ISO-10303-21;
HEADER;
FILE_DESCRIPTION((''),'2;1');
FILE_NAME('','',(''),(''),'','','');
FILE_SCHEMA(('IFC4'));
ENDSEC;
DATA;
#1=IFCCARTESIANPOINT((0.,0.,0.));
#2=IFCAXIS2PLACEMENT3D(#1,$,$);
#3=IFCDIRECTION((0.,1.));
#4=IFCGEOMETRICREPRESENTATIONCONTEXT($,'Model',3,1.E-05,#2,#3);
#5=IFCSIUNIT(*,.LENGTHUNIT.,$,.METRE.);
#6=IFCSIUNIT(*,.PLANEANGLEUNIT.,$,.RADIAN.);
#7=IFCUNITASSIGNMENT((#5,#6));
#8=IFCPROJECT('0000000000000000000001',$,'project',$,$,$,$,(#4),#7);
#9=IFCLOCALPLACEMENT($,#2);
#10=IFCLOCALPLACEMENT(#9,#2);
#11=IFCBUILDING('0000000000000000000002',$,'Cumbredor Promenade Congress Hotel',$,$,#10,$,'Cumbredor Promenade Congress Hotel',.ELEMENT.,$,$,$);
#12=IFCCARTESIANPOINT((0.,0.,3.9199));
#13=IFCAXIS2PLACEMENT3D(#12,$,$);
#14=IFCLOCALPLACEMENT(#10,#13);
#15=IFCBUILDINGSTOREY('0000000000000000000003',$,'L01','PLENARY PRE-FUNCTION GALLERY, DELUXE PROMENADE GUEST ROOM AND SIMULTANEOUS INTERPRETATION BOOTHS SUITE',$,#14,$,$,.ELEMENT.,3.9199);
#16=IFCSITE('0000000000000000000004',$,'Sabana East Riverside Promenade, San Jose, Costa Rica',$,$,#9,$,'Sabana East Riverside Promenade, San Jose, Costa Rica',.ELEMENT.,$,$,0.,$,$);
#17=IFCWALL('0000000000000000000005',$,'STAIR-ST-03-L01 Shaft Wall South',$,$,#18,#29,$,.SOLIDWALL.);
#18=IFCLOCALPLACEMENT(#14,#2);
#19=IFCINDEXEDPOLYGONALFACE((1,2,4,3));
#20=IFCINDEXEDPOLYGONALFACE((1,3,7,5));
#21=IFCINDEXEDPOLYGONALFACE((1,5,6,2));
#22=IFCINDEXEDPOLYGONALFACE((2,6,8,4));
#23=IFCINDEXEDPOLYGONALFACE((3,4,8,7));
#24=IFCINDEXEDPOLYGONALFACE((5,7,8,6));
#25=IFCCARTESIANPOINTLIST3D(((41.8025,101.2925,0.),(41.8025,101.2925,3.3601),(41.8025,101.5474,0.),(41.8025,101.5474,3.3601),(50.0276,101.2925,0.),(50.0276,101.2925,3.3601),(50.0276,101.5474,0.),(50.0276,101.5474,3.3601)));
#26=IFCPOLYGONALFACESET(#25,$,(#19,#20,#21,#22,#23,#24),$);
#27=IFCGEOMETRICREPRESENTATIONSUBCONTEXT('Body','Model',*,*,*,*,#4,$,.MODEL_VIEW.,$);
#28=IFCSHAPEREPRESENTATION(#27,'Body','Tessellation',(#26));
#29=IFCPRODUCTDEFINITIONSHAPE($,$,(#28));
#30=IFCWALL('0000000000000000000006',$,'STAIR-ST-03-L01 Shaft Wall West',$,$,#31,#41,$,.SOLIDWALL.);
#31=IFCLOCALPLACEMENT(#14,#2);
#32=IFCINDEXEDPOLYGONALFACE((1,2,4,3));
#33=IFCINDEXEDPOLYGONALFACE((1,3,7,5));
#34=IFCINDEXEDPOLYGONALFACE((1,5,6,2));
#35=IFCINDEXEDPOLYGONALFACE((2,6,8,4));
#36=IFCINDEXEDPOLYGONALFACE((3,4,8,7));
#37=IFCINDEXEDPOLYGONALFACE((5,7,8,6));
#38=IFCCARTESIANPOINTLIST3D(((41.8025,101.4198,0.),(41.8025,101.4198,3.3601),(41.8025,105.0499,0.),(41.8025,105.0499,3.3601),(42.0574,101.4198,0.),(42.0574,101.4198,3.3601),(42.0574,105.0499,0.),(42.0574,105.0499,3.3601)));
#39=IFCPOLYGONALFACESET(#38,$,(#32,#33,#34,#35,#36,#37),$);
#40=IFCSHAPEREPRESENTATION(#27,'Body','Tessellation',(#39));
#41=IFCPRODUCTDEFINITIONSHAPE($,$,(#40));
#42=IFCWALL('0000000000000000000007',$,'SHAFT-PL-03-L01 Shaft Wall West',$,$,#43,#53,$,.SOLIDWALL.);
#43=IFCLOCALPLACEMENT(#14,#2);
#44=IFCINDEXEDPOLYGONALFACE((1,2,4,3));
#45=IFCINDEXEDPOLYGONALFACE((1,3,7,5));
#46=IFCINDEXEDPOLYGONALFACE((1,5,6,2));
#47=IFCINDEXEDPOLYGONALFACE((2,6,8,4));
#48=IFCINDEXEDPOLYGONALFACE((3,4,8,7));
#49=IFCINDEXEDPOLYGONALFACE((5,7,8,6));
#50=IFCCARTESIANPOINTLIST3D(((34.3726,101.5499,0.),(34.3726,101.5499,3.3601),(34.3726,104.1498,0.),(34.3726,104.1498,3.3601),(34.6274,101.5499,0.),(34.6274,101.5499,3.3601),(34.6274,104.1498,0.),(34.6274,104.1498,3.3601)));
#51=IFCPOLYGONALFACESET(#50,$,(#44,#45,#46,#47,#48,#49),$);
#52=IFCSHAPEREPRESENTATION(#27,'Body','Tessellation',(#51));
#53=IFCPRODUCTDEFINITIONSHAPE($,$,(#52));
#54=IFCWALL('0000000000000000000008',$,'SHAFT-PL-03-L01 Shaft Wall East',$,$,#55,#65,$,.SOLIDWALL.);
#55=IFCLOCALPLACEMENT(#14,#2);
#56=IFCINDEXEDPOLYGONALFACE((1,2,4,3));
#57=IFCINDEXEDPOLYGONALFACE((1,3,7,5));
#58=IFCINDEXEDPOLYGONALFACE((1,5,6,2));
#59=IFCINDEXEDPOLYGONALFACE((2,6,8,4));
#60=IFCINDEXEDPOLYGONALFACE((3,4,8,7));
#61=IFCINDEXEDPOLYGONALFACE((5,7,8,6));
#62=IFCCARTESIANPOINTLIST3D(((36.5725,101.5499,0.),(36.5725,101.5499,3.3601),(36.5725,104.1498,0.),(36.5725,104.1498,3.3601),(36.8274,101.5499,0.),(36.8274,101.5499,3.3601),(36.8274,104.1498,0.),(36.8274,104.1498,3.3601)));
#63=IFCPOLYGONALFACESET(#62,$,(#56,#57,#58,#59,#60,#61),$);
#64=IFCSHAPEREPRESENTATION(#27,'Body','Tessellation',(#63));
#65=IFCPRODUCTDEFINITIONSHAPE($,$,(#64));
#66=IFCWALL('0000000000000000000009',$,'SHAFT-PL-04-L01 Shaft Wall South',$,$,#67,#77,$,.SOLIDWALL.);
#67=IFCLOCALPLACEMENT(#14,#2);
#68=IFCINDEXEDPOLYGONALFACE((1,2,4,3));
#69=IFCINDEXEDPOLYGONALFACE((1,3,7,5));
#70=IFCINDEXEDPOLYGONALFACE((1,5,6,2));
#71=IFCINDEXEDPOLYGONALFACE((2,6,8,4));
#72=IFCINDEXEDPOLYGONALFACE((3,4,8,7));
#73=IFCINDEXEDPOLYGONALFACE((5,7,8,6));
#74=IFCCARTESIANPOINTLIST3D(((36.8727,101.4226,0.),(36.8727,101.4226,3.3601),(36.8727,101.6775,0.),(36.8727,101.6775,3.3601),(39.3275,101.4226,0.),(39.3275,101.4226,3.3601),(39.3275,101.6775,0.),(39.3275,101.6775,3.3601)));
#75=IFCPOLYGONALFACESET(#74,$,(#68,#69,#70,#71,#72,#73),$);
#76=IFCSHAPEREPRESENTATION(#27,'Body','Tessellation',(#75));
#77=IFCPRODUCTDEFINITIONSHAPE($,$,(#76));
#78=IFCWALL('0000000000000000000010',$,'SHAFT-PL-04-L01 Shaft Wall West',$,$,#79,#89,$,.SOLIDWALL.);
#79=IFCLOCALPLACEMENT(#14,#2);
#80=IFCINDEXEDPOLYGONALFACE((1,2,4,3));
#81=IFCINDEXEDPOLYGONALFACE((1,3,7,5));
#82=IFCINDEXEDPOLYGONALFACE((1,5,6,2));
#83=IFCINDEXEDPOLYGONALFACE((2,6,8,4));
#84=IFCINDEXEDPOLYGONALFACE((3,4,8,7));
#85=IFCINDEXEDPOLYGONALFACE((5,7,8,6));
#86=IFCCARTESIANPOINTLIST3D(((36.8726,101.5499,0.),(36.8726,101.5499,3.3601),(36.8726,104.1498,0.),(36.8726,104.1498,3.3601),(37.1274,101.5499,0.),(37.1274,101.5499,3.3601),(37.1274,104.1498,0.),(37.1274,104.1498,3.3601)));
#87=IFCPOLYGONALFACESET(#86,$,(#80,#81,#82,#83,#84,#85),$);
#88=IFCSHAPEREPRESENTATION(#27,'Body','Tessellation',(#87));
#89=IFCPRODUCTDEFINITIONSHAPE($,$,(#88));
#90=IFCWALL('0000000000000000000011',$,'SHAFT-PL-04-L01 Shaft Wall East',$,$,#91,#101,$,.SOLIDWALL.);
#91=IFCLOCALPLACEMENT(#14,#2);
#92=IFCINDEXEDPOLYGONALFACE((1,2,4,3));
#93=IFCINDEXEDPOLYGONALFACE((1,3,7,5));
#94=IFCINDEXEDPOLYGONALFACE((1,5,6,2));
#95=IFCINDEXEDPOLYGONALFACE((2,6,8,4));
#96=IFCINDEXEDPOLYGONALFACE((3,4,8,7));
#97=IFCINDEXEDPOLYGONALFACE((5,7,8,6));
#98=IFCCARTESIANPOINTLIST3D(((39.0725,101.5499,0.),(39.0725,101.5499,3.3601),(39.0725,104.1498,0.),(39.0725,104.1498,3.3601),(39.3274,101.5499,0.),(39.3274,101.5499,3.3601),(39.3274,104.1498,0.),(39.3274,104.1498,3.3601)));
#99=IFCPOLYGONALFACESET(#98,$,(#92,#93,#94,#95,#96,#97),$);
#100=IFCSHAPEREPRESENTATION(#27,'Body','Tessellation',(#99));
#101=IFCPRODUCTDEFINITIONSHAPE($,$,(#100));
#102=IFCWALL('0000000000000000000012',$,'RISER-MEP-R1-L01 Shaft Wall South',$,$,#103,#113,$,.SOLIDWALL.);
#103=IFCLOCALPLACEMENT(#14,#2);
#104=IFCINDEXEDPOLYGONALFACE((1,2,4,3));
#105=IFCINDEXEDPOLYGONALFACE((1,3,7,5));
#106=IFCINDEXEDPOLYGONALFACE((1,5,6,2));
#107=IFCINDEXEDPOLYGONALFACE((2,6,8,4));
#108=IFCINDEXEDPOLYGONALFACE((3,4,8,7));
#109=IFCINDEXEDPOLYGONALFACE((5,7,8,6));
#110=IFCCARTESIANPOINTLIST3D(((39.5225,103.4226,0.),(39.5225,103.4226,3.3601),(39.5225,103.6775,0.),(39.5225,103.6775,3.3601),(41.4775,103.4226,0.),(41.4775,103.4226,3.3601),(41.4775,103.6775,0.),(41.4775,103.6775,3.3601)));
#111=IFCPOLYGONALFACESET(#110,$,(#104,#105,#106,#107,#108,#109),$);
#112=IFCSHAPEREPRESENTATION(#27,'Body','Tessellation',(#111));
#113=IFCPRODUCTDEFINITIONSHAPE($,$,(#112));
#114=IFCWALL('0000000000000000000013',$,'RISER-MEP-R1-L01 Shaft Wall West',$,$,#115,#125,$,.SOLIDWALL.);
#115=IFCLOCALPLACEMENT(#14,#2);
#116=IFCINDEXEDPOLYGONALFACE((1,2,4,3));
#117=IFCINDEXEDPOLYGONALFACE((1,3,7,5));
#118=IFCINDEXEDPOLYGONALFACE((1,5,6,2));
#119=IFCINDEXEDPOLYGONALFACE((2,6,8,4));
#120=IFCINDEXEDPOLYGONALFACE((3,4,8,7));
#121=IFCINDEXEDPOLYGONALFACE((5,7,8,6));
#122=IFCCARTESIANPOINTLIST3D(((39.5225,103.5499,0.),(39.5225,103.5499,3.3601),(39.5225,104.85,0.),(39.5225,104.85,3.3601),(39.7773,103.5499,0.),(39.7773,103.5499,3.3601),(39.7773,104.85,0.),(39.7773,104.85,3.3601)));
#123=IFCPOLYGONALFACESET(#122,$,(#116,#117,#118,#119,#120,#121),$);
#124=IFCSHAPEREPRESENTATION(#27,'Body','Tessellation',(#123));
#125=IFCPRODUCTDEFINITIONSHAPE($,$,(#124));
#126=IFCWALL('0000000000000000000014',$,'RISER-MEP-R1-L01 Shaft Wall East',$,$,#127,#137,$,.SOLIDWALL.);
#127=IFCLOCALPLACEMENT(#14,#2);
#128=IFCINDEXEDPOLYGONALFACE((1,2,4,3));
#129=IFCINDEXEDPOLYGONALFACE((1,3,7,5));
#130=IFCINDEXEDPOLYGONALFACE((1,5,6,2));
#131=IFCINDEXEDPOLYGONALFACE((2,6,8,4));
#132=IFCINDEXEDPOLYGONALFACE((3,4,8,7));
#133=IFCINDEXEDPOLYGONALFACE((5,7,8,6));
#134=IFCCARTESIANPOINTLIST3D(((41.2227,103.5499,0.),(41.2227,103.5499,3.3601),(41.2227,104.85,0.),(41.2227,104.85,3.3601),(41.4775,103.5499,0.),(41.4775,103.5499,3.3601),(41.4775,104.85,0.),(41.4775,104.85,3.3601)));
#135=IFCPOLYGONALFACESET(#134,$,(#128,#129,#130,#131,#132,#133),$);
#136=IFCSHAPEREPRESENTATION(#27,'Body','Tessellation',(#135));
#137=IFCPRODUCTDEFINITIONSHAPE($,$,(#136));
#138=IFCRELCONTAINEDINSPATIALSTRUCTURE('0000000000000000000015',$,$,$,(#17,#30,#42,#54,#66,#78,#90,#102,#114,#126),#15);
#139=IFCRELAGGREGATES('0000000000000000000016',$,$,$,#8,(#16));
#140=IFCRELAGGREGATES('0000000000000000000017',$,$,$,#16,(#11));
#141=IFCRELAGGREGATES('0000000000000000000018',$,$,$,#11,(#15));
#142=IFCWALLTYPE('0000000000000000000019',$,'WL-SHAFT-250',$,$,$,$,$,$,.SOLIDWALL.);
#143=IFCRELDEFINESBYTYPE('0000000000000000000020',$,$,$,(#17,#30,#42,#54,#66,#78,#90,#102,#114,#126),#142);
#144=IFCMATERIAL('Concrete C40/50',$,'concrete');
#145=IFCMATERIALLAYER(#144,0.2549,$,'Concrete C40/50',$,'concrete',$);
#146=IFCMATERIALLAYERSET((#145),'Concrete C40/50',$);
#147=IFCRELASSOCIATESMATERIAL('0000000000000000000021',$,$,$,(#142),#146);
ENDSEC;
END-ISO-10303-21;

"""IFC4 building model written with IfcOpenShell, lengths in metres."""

from ifc_helpers import new_model, si_unit, direction, frame, frame_2d, origin, place, context, subcontext, project, spatial, rectangle, extrude, material, layer, layer_set, type_object, element, save


model = new_model("IFC4")

# Units and contexts
model_context = context("Model", 3, precision=1e-05, world=origin(), true_north=direction((0.0, 1.0)))
body_context = subcontext(model_context, "Body", "Model", "MODEL_VIEW")
ifc_project = project(units=[si_unit("LENGTHUNIT", "METRE"), si_unit("PLANEANGLEUNIT", "RADIAN")], contexts=[model_context])

# Site, building, storey
site_placement = place(None, origin())
site = spatial("IfcSite", under=ifc_project, at=site_placement, Name="Sabana East Riverside Promenade, San Jose, Costa Rica", LongName="Sabana East Riverside Promenade, San Jose, Costa Rica", CompositionType="ELEMENT", RefElevation=0.0)
building_placement = place(site_placement, origin())
building = spatial("IfcBuilding", under=site, at=building_placement, Name="Cumbredor Promenade Congress Hotel", LongName="Cumbredor Promenade Congress Hotel", CompositionType="ELEMENT")
storey_placement = place(building_placement, frame((0.0, 0.0, 3.9199)))
storey = spatial("IfcBuildingStorey", under=building, at=storey_placement, Name="L01", Description="PLENARY PRE-FUNCTION GALLERY, DELUXE PROMENADE GUEST ROOM AND SIMULTANEOUS INTERPRETATION BOOTHS SUITE", CompositionType="ELEMENT", Elevation=3.9199)

# Walls
ifc_material_1 = material(Name="Concrete C40/50", Category="concrete")
ifc_layer = layer(ifc_material_1, 0.2549, Name="Concrete C40/50", Category="concrete")
ifc_layer_set = layer_set([ifc_layer], Name="Concrete C40/50")
wall_type = type_object("IfcWallType", Name="WL-SHAFT-250", PredefinedType="SOLIDWALL", material=ifc_layer_set)
wall_1_placement = place(storey_placement, frame((41.8025, 101.4199, 0.0), z_axis=(0.0, 0.0, 1.0), x_axis=(1.0, 0.0, 0.0)))
element("IfcWall", 1, at=wall_1_placement, inside=storey, type_object=wall_type, Name="STAIR-ST-03-L01 Shaft Wall South", PredefinedType="SOLIDWALL", context=body_context, shape_type="SweptSolid", body=[
    extrude(rectangle(XDim=8.2251, YDim=0.2549, at=frame_2d((4.1125, 0.0))), origin(), (0.0, 0.0, 1.0), 3.3601),
])
wall_2_placement = place(storey_placement, frame((41.9299, 101.4199, 0.0), z_axis=(0.0, 0.0, 1.0), x_axis=(0.0, 1.0, 0.0)))
element("IfcWall", 2, at=wall_2_placement, inside=storey, type_object=wall_type, Name="STAIR-ST-03-L01 Shaft Wall West", PredefinedType="SOLIDWALL", context=body_context, shape_type="SweptSolid", body=[
    extrude(rectangle(XDim=3.6301, YDim=0.2549, at=frame_2d((1.8149, 0.0))), origin(), (0.0, 0.0, 1.0), 3.3601),
])
for number, where, z_axis, x_axis, name in (
    (3, (34.5, 101.55, 0.0), (0.0, 0.0, 1.0), (0.0, 1.0, 0.0), "SHAFT-PL-03-L01 Shaft Wall West"),
    (4, (36.7, 101.55, 0.0), (0.0, 0.0, 1.0), (0.0, 1.0, 0.0), "SHAFT-PL-03-L01 Shaft Wall East"),
):
    element("IfcWall", number, at=place(storey_placement, frame(where, z_axis=z_axis, x_axis=x_axis)), inside=storey, type_object=wall_type, Name=name, PredefinedType="SOLIDWALL", context=body_context, shape_type="SweptSolid", body=[
        extrude(rectangle(XDim=2.5999, YDim=0.2549, at=frame_2d((1.2998, 0.0))), origin(), (0.0, 0.0, 1.0), 3.3601),
    ])
wall_3_placement = place(storey_placement, frame((36.8726, 101.55, 0.0), z_axis=(0.0, 0.0, 1.0), x_axis=(1.0, 0.0, 0.0)))
element("IfcWall", 5, at=wall_3_placement, inside=storey, type_object=wall_type, Name="SHAFT-PL-04-L01 Shaft Wall South", PredefinedType="SOLIDWALL", context=body_context, shape_type="SweptSolid", body=[
    extrude(rectangle(XDim=2.4548, YDim=0.2549, at=frame_2d((1.2275, 0.0))), origin(), (0.0, 0.0, 1.0), 3.3601),
])

# Walls
for number, where, z_axis, x_axis, name in (
    (6, (37.0, 101.55, 0.0), (0.0, 0.0, 1.0), (0.0, 1.0, 0.0), "SHAFT-PL-04-L01 Shaft Wall West"),
    (7, (39.2, 101.55, 0.0), (0.0, 0.0, 1.0), (0.0, 1.0, 0.0), "SHAFT-PL-04-L01 Shaft Wall East"),
):
    element("IfcWall", number, at=place(storey_placement, frame(where, z_axis=z_axis, x_axis=x_axis)), inside=storey, type_object=wall_type, Name=name, PredefinedType="SOLIDWALL", context=body_context, shape_type="SweptSolid", body=[
        extrude(rectangle(XDim=2.5999, YDim=0.2549, at=frame_2d((1.2998, 0.0))), origin(), (0.0, 0.0, 1.0), 3.3601),
    ])
wall_4_placement = place(storey_placement, frame((39.5225, 103.55, 0.0), z_axis=(0.0, 0.0, 1.0), x_axis=(1.0, 0.0, 0.0)))
element("IfcWall", 8, at=wall_4_placement, inside=storey, type_object=wall_type, Name="RISER-MEP-R1-L01 Shaft Wall South", PredefinedType="SOLIDWALL", context=body_context, shape_type="SweptSolid", body=[
    extrude(rectangle(XDim=1.9551, YDim=0.2549, at=frame_2d((0.9775, 0.0))), origin(), (0.0, 0.0, 1.0), 3.3601),
])
for number, where, z_axis, x_axis, name in (
    (9, (39.6499, 103.55, 0.0), (0.0, 0.0, 1.0), (0.0, 1.0, 0.0), "RISER-MEP-R1-L01 Shaft Wall West"),
    (10, (41.3501, 103.55, 0.0), (0.0, 0.0, 1.0), (0.0, 1.0, 0.0), "RISER-MEP-R1-L01 Shaft Wall East"),
):
    element("IfcWall", number, at=place(storey_placement, frame(where, z_axis=z_axis, x_axis=x_axis)), inside=storey, type_object=wall_type, Name=name, PredefinedType="SOLIDWALL", context=body_context, shape_type="SweptSolid", body=[
        extrude(rectangle(XDim=1.3, YDim=0.2549, at=frame_2d((0.6499, 0.0))), origin(), (0.0, 0.0, 1.0), 3.3601),
    ])

save(model, "model.ifc")
